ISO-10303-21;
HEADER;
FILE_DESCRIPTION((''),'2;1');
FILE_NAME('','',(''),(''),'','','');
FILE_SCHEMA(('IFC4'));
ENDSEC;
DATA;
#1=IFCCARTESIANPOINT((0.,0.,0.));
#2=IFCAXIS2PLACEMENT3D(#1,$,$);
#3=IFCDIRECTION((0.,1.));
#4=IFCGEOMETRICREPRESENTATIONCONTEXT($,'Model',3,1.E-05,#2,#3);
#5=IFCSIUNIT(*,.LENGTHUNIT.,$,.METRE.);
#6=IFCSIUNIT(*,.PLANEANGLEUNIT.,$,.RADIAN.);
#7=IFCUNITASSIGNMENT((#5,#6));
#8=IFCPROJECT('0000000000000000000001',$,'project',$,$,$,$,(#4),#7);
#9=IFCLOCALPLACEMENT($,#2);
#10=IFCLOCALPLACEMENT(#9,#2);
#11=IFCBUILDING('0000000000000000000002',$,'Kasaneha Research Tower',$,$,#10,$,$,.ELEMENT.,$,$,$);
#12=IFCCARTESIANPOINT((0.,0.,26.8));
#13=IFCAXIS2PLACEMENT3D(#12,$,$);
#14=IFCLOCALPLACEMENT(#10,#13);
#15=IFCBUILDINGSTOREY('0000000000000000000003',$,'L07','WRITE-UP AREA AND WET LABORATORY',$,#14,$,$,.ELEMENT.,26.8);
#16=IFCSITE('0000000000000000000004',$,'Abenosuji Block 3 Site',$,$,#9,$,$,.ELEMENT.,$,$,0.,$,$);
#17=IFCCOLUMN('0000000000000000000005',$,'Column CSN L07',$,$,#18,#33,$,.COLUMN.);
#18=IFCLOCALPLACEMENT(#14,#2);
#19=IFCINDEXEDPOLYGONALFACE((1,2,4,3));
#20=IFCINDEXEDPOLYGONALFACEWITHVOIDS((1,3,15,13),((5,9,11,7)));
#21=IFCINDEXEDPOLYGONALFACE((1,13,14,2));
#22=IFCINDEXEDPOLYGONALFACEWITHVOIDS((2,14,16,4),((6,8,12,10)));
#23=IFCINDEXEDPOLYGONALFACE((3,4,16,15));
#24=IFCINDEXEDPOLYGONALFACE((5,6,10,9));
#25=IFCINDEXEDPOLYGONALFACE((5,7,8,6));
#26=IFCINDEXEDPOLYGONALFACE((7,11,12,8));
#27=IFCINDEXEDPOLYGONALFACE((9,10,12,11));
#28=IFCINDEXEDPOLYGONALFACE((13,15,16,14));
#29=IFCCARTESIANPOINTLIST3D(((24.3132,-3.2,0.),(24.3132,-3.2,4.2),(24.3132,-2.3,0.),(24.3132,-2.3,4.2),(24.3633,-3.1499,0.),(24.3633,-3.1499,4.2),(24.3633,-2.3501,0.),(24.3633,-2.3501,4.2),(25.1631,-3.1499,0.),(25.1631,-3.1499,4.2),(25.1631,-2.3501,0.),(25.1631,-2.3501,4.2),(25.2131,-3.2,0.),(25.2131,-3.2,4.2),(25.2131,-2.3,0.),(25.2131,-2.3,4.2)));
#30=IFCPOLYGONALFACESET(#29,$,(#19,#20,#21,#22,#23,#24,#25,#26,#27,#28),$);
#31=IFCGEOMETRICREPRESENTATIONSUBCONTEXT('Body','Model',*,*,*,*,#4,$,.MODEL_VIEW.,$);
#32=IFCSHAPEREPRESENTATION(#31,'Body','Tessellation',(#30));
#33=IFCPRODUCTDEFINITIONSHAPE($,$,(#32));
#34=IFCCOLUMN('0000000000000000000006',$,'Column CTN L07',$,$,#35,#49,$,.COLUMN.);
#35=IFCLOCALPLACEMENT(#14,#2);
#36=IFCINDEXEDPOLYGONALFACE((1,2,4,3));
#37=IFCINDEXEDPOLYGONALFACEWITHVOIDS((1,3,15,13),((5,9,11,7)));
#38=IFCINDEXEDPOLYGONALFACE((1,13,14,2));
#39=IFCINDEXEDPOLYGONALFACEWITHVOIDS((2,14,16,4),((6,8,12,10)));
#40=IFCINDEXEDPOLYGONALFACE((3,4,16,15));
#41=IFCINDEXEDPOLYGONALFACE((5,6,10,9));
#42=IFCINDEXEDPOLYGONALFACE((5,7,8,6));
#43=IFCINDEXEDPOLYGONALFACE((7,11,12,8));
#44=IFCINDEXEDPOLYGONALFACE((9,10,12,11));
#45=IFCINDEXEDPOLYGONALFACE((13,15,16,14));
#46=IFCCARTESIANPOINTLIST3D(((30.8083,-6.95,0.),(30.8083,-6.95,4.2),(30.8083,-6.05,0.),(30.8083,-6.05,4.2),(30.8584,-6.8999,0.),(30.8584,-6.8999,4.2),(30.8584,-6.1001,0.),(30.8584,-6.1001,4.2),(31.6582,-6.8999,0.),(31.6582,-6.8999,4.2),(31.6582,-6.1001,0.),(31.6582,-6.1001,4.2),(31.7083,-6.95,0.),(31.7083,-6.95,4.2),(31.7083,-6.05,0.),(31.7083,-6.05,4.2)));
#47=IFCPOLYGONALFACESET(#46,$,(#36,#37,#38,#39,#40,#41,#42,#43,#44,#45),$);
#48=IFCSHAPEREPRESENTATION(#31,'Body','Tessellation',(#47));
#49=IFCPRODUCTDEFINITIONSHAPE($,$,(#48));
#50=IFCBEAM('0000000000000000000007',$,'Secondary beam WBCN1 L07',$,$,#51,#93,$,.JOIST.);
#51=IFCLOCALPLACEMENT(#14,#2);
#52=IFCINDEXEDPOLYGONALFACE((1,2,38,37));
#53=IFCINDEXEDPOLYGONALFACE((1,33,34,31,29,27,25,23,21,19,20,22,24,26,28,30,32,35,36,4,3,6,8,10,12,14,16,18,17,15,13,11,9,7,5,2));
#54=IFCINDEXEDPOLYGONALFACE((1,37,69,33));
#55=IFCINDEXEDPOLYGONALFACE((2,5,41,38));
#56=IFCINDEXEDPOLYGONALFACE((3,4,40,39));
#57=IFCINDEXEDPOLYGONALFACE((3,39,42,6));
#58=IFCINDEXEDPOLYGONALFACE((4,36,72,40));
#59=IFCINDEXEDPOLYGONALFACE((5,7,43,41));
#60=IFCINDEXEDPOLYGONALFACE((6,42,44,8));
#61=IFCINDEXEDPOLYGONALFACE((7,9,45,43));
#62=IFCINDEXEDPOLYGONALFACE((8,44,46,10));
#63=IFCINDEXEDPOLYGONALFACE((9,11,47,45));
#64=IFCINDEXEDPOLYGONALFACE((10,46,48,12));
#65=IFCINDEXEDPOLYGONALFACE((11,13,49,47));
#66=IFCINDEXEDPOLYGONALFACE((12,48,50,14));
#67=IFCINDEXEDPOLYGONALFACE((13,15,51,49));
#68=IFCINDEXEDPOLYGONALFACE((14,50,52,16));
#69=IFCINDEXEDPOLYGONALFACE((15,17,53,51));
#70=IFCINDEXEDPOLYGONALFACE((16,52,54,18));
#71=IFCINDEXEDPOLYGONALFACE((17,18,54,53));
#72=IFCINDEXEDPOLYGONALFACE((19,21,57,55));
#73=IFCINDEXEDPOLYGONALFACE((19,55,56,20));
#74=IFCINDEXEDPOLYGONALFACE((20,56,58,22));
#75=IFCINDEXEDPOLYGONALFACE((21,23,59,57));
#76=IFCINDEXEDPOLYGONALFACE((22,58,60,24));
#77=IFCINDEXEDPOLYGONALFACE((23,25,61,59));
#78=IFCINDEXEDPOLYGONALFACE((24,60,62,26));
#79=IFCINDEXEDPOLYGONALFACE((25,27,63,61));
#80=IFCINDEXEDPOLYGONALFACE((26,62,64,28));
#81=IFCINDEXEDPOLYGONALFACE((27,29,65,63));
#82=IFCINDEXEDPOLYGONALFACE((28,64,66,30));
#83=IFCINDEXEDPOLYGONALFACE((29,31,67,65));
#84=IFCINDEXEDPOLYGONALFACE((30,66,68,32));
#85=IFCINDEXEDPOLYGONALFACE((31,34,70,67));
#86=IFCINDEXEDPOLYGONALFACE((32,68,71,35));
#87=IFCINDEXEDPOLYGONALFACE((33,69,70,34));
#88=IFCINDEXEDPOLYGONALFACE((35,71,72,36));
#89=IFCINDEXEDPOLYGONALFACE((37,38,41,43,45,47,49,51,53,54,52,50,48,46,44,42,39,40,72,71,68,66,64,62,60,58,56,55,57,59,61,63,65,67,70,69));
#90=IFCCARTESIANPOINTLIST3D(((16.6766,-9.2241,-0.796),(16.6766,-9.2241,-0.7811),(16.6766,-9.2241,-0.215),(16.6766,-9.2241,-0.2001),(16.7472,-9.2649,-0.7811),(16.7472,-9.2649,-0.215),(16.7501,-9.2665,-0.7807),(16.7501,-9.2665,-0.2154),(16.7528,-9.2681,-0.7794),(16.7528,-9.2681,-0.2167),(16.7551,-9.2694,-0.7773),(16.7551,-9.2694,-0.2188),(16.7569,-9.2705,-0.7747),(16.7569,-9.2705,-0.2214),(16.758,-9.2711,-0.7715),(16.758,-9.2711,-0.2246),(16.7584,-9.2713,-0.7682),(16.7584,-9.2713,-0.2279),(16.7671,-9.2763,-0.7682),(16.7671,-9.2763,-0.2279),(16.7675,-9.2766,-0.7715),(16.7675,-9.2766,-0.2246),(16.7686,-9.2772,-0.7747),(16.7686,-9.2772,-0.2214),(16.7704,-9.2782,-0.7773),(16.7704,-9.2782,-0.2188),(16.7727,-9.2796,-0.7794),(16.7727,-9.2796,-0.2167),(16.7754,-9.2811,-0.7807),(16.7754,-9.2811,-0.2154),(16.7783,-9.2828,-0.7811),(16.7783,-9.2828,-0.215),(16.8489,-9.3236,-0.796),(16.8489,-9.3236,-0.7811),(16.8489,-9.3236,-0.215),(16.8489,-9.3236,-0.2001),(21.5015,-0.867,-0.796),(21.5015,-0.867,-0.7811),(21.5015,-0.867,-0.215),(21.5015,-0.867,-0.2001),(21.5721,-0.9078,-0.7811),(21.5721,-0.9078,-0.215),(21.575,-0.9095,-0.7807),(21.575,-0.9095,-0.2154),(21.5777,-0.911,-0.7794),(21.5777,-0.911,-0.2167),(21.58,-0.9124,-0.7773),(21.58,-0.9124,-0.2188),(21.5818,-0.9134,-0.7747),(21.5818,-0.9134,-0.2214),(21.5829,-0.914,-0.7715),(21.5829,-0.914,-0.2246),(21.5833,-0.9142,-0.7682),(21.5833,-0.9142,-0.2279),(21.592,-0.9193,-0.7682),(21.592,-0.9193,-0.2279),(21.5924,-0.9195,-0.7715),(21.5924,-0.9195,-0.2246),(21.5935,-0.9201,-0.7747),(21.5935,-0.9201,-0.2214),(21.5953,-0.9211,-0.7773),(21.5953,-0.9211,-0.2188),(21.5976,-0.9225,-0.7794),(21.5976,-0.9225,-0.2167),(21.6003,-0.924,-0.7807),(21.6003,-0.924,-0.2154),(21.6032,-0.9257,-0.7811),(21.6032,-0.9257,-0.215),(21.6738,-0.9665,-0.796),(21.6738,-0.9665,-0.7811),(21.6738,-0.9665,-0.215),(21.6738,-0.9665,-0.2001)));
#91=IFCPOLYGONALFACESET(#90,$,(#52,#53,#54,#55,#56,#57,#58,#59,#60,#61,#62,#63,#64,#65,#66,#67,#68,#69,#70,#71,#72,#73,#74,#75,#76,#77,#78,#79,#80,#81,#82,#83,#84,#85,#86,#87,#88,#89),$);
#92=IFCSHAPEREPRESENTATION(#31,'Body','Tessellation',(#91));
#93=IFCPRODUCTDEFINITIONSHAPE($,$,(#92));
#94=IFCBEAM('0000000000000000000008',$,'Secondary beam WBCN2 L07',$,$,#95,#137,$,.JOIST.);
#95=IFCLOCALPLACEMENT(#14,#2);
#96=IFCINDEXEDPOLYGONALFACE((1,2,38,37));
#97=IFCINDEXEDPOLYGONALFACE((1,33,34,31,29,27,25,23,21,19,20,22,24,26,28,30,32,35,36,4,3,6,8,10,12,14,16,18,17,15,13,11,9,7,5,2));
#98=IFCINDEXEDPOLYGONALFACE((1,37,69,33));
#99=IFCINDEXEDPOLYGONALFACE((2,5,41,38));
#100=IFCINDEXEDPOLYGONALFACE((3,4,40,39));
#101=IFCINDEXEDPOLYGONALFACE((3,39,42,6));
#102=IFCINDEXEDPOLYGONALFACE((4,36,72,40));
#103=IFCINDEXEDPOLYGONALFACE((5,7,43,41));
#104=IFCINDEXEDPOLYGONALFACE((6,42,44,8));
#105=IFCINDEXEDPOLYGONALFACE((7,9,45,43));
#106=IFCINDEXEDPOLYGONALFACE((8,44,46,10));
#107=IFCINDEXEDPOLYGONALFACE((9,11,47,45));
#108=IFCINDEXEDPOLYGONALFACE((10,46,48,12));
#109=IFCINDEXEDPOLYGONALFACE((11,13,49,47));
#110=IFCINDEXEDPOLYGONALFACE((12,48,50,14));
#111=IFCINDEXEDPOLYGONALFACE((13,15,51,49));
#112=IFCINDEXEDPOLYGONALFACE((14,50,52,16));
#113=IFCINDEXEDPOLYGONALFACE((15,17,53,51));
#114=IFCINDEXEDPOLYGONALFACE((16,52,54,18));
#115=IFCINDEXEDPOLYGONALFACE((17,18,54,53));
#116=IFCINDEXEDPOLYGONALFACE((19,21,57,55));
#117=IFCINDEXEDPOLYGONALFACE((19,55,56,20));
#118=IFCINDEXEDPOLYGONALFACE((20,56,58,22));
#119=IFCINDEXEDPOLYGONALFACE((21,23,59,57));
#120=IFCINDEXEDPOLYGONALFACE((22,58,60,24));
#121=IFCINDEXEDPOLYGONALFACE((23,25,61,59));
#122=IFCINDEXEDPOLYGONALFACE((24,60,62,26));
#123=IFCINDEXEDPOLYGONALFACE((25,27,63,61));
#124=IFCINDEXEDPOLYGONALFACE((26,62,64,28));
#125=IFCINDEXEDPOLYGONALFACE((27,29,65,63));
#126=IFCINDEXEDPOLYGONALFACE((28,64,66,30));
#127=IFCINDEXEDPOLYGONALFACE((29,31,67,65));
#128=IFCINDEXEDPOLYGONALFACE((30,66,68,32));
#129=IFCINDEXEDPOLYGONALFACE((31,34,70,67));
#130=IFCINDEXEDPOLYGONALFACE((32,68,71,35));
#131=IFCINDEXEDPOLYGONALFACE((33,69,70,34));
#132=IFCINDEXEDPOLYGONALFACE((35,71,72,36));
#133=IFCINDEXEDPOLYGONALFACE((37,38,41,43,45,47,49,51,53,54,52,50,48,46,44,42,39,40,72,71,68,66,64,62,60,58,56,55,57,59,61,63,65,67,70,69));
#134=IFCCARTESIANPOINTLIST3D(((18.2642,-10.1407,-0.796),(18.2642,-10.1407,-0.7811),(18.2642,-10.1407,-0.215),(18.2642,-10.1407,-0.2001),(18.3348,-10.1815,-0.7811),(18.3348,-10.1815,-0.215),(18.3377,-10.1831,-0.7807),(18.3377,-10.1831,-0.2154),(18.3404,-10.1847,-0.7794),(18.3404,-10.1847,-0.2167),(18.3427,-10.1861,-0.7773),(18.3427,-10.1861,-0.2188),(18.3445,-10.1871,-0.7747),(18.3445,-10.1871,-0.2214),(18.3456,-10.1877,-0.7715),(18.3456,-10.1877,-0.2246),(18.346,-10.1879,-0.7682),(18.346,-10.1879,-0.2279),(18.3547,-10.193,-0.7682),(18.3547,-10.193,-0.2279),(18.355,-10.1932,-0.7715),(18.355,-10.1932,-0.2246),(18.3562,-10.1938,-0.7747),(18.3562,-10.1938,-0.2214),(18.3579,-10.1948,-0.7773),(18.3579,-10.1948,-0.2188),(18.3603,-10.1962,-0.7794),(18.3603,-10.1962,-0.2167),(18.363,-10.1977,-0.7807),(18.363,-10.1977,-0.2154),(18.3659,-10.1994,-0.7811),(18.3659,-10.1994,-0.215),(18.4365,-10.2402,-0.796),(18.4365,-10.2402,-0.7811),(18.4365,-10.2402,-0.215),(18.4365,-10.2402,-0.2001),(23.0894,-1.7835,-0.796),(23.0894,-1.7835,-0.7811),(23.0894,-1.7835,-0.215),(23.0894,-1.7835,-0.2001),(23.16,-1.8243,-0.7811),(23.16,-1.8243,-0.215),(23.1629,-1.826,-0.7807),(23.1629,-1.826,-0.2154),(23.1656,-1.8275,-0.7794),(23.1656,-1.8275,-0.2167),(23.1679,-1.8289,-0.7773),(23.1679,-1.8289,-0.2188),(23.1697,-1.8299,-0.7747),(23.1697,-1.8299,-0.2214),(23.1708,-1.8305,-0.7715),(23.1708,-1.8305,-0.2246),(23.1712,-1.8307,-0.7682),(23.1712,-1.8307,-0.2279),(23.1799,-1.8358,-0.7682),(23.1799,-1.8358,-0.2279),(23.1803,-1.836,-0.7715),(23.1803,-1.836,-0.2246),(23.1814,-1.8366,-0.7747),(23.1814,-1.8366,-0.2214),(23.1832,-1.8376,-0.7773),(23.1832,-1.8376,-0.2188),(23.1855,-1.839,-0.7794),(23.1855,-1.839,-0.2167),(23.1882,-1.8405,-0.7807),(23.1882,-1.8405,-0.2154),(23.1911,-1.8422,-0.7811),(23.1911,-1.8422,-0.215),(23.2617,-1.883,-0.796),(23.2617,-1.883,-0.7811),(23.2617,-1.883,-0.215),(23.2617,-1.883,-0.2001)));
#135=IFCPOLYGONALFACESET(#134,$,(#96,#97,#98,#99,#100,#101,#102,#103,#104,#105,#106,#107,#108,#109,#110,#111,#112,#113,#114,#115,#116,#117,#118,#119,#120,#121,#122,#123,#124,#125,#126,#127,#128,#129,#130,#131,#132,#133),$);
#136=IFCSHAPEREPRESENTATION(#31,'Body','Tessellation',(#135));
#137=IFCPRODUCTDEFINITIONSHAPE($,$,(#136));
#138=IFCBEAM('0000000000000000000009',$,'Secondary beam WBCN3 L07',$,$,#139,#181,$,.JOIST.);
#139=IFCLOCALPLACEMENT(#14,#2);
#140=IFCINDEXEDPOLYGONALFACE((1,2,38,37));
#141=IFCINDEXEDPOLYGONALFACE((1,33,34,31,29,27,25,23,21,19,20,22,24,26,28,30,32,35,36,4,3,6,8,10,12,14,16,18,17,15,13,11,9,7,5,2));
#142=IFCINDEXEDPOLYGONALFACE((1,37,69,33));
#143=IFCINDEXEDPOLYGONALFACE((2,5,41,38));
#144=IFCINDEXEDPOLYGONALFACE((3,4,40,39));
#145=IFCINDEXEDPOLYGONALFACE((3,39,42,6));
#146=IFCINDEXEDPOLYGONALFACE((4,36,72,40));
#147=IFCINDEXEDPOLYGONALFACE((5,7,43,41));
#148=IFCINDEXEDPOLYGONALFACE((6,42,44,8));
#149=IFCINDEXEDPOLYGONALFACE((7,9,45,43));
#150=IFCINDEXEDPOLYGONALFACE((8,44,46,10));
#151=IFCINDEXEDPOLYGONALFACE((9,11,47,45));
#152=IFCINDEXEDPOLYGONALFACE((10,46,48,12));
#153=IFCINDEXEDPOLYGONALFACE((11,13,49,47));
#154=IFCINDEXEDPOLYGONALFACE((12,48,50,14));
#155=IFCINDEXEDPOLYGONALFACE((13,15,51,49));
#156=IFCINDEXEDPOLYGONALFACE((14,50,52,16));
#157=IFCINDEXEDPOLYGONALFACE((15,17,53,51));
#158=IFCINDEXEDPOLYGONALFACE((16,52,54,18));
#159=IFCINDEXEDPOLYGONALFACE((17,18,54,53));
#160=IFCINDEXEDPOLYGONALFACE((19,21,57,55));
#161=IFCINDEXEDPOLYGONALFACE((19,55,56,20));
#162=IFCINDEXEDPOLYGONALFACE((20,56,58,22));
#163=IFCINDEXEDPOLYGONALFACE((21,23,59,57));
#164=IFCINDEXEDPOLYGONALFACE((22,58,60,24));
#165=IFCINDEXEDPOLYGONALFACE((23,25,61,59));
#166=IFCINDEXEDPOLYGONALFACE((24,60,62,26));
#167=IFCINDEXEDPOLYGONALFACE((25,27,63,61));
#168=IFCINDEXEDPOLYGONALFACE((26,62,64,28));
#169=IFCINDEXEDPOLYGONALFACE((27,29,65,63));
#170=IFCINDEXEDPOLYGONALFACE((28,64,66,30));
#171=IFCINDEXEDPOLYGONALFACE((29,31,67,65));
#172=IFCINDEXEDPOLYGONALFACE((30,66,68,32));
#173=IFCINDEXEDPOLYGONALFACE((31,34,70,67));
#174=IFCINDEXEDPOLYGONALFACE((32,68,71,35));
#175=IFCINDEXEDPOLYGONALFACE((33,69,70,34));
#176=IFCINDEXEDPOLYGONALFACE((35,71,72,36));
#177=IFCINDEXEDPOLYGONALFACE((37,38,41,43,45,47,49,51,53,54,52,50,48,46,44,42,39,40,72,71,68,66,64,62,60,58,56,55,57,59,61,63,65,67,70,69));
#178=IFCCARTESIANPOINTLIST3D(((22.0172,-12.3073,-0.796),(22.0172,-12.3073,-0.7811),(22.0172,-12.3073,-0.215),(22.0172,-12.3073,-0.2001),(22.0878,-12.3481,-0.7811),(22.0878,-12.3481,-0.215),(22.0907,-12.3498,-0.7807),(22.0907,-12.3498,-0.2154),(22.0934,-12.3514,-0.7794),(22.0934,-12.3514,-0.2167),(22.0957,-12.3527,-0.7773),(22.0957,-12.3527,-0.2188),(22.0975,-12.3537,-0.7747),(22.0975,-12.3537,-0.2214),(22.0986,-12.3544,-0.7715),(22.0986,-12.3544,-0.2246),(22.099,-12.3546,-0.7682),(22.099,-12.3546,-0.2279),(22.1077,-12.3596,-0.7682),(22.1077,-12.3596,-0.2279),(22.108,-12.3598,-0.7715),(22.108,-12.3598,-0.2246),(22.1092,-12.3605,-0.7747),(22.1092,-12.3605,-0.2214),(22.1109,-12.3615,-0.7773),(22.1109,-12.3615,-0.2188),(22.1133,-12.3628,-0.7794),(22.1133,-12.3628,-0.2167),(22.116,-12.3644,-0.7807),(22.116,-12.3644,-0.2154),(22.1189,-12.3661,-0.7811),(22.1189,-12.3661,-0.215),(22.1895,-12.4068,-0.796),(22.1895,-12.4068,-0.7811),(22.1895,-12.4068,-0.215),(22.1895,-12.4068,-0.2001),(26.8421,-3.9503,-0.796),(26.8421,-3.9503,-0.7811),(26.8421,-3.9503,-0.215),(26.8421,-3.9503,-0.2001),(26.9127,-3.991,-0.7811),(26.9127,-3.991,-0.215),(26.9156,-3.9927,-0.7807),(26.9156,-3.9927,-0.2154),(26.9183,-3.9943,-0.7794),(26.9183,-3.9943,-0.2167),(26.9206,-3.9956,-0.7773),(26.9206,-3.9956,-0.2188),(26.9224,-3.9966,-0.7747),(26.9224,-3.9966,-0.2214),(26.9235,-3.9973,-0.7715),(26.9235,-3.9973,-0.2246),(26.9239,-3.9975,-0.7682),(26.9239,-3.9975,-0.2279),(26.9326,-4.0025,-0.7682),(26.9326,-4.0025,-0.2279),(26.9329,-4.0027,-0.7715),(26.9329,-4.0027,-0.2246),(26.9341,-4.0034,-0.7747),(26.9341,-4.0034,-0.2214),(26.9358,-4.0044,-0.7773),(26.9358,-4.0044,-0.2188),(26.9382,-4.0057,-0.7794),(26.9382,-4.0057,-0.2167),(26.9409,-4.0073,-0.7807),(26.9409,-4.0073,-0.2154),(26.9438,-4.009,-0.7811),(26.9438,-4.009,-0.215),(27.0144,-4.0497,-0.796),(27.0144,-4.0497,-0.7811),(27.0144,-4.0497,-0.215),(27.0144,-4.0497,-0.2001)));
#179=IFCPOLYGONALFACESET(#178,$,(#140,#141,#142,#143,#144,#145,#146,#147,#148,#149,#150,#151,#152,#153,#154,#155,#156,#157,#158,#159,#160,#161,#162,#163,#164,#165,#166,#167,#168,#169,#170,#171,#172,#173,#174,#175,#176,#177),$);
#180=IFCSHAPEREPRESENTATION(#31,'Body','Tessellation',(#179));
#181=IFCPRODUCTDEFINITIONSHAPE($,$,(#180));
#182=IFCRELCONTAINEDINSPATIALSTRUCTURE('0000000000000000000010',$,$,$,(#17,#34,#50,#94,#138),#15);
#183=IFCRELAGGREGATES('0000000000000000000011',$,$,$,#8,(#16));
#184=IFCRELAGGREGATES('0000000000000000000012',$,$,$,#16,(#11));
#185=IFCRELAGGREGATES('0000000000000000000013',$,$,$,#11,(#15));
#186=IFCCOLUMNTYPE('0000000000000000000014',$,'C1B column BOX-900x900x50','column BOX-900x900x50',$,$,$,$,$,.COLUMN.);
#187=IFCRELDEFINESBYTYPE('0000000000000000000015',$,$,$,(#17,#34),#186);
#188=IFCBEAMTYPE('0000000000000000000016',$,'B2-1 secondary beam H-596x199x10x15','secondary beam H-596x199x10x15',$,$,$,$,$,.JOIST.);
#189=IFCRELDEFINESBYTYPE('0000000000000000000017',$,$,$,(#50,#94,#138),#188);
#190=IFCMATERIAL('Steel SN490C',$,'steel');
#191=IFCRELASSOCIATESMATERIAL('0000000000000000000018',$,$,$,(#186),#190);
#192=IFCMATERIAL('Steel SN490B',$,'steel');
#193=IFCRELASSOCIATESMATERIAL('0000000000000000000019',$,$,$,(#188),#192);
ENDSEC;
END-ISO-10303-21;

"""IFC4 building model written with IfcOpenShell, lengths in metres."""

from ifc_helpers import new_model, si_unit, direction, frame, origin, origin_2d, place, context, subcontext, project, spatial, hollow_rectangle, i_section, extrude, material, material_profile, profile_set, type_object, element, save


model = new_model("IFC4")

# Units and contexts
model_context = context("Model", 3, precision=1e-05, world=origin(), true_north=direction((0.0, 1.0)))
body_context = subcontext(model_context, "Body", "Model", "MODEL_VIEW")
ifc_project = project(units=[si_unit("LENGTHUNIT", "METRE"), si_unit("PLANEANGLEUNIT", "RADIAN")], contexts=[model_context])

# Site, building, storey
site_placement = place(None, origin())
site = spatial("IfcSite", under=ifc_project, at=site_placement, Name="Abenosuji Block 3 Site", CompositionType="ELEMENT", RefElevation=0.0)
building_placement = place(site_placement, origin())
building = spatial("IfcBuilding", under=site, at=building_placement, Name="Kasaneha Research Tower", CompositionType="ELEMENT")
storey_placement = place(building_placement, frame((0.0, 0.0, 26.8)))
storey = spatial("IfcBuildingStorey", under=building, at=storey_placement, Name="L07", Description="WRITE-UP AREA AND WET LABORATORY", CompositionType="ELEMENT", Elevation=26.8)

# Columns
ifc_material_1 = material(Name="Steel SN490C", Category="steel")
ifc_material_profile_1 = material_profile(ifc_material_1, hollow_rectangle(XDim=0.8999, YDim=0.8999, WallThickness=0.05, at=origin_2d()), Name="BOX-900x900x50")
ifc_profile_set_1 = profile_set([ifc_material_profile_1], Name="Steel SN490C")
column_type = type_object("IfcColumnType", Name="C1B column BOX-900x900x50", Description="column BOX-900x900x50", PredefinedType="COLUMN", material=ifc_profile_set_1)
for number, where, z_axis, x_axis, name in (
    (1, (24.7632, -2.75, 0.0), (0.0, 0.0, 1.0), (1.0, 0.0, 0.0), "Column CSN L07"),
    (2, (31.2583, -6.5, 0.0), (0.0, 0.0, 1.0), (1.0, 0.0, 0.0), "Column CTN L07"),
):
    element("IfcColumn", number, at=place(storey_placement, frame(where, z_axis=z_axis, x_axis=x_axis)), inside=storey, type_object=column_type, Name=name, PredefinedType="COLUMN", context=body_context, shape_type="SweptSolid", body=[
        extrude(hollow_rectangle(XDim=0.8999, YDim=0.8999, WallThickness=0.05, at=origin_2d()), origin(), (0.0, 0.0, 1.0), 4.2),
    ])

# Beams
ifc_material_2 = material(Name="Steel SN490B", Category="steel")
ifc_material_profile_2 = material_profile(ifc_material_2, i_section(OverallWidth=0.199, OverallDepth=0.5959, WebThickness=0.01, FlangeThickness=0.0149, FilletRadius=0.0129, at=origin_2d()), Name="H-596x199x10x15")
ifc_profile_set_2 = profile_set([ifc_material_profile_2], Name="Steel SN490B")
beam_type_1 = type_object("IfcBeamType", Name="B2-1 secondary beam H-596x199x10x15", Description="secondary beam H-596x199x10x15", PredefinedType="JOIST", material=ifc_profile_set_2)
beam_1_placement = place(storey_placement, frame((21.5876, -0.9167, -0.498), z_axis=(-0.499995, -0.866028, 0.0), x_axis=(0.866028, -0.499995, 0.0)))
element("IfcBeam", 3, at=beam_1_placement, inside=storey, type_object=beam_type_1, Name="Secondary beam WBCN1 L07", PredefinedType="JOIST", context=body_context, shape_type="SweptSolid", body=[
    extrude(i_section(OverallWidth=0.199, OverallDepth=0.5959, WebThickness=0.01, FlangeThickness=0.0149, FilletRadius=0.0129, at=origin_2d()), origin(), (0.0, 0.0, 1.0), 9.6499),
])
beam_2_placement = place(storey_placement, frame((23.1755, -1.8333, -0.498), z_axis=(-0.500014, -0.866017, 0.0), x_axis=(0.866017, -0.500014, 0.0)))
element("IfcBeam", 4, at=beam_2_placement, inside=storey, type_object=beam_type_1, Name="Secondary beam WBCN2 L07", PredefinedType="JOIST", context=body_context, shape_type="SweptSolid", body=[
    extrude(i_section(OverallWidth=0.199, OverallDepth=0.5959, WebThickness=0.01, FlangeThickness=0.0149, FilletRadius=0.0129, at=origin_2d()), origin(), (0.0, 0.0, 1.0), 9.6501),
])
for number, where, z_axis, x_axis, name in (
    (5, (26.9282, -4.0, -0.498), (-0.499995, -0.866028, 0.0), (0.866028, -0.499995, 0.0), "Secondary beam WBCN3 L07"),
):
    element("IfcBeam", number, at=place(storey_placement, frame(where, z_axis=z_axis, x_axis=x_axis)), inside=storey, type_object=beam_type_1, Name=name, PredefinedType="JOIST", context=body_context, shape_type="SweptSolid", body=[
        extrude(i_section(OverallWidth=0.199, OverallDepth=0.5959, WebThickness=0.01, FlangeThickness=0.0149, FilletRadius=0.0129, at=origin_2d()), origin(), (0.0, 0.0, 1.0), 9.6499),
    ])

save(model, "model.ifc")
